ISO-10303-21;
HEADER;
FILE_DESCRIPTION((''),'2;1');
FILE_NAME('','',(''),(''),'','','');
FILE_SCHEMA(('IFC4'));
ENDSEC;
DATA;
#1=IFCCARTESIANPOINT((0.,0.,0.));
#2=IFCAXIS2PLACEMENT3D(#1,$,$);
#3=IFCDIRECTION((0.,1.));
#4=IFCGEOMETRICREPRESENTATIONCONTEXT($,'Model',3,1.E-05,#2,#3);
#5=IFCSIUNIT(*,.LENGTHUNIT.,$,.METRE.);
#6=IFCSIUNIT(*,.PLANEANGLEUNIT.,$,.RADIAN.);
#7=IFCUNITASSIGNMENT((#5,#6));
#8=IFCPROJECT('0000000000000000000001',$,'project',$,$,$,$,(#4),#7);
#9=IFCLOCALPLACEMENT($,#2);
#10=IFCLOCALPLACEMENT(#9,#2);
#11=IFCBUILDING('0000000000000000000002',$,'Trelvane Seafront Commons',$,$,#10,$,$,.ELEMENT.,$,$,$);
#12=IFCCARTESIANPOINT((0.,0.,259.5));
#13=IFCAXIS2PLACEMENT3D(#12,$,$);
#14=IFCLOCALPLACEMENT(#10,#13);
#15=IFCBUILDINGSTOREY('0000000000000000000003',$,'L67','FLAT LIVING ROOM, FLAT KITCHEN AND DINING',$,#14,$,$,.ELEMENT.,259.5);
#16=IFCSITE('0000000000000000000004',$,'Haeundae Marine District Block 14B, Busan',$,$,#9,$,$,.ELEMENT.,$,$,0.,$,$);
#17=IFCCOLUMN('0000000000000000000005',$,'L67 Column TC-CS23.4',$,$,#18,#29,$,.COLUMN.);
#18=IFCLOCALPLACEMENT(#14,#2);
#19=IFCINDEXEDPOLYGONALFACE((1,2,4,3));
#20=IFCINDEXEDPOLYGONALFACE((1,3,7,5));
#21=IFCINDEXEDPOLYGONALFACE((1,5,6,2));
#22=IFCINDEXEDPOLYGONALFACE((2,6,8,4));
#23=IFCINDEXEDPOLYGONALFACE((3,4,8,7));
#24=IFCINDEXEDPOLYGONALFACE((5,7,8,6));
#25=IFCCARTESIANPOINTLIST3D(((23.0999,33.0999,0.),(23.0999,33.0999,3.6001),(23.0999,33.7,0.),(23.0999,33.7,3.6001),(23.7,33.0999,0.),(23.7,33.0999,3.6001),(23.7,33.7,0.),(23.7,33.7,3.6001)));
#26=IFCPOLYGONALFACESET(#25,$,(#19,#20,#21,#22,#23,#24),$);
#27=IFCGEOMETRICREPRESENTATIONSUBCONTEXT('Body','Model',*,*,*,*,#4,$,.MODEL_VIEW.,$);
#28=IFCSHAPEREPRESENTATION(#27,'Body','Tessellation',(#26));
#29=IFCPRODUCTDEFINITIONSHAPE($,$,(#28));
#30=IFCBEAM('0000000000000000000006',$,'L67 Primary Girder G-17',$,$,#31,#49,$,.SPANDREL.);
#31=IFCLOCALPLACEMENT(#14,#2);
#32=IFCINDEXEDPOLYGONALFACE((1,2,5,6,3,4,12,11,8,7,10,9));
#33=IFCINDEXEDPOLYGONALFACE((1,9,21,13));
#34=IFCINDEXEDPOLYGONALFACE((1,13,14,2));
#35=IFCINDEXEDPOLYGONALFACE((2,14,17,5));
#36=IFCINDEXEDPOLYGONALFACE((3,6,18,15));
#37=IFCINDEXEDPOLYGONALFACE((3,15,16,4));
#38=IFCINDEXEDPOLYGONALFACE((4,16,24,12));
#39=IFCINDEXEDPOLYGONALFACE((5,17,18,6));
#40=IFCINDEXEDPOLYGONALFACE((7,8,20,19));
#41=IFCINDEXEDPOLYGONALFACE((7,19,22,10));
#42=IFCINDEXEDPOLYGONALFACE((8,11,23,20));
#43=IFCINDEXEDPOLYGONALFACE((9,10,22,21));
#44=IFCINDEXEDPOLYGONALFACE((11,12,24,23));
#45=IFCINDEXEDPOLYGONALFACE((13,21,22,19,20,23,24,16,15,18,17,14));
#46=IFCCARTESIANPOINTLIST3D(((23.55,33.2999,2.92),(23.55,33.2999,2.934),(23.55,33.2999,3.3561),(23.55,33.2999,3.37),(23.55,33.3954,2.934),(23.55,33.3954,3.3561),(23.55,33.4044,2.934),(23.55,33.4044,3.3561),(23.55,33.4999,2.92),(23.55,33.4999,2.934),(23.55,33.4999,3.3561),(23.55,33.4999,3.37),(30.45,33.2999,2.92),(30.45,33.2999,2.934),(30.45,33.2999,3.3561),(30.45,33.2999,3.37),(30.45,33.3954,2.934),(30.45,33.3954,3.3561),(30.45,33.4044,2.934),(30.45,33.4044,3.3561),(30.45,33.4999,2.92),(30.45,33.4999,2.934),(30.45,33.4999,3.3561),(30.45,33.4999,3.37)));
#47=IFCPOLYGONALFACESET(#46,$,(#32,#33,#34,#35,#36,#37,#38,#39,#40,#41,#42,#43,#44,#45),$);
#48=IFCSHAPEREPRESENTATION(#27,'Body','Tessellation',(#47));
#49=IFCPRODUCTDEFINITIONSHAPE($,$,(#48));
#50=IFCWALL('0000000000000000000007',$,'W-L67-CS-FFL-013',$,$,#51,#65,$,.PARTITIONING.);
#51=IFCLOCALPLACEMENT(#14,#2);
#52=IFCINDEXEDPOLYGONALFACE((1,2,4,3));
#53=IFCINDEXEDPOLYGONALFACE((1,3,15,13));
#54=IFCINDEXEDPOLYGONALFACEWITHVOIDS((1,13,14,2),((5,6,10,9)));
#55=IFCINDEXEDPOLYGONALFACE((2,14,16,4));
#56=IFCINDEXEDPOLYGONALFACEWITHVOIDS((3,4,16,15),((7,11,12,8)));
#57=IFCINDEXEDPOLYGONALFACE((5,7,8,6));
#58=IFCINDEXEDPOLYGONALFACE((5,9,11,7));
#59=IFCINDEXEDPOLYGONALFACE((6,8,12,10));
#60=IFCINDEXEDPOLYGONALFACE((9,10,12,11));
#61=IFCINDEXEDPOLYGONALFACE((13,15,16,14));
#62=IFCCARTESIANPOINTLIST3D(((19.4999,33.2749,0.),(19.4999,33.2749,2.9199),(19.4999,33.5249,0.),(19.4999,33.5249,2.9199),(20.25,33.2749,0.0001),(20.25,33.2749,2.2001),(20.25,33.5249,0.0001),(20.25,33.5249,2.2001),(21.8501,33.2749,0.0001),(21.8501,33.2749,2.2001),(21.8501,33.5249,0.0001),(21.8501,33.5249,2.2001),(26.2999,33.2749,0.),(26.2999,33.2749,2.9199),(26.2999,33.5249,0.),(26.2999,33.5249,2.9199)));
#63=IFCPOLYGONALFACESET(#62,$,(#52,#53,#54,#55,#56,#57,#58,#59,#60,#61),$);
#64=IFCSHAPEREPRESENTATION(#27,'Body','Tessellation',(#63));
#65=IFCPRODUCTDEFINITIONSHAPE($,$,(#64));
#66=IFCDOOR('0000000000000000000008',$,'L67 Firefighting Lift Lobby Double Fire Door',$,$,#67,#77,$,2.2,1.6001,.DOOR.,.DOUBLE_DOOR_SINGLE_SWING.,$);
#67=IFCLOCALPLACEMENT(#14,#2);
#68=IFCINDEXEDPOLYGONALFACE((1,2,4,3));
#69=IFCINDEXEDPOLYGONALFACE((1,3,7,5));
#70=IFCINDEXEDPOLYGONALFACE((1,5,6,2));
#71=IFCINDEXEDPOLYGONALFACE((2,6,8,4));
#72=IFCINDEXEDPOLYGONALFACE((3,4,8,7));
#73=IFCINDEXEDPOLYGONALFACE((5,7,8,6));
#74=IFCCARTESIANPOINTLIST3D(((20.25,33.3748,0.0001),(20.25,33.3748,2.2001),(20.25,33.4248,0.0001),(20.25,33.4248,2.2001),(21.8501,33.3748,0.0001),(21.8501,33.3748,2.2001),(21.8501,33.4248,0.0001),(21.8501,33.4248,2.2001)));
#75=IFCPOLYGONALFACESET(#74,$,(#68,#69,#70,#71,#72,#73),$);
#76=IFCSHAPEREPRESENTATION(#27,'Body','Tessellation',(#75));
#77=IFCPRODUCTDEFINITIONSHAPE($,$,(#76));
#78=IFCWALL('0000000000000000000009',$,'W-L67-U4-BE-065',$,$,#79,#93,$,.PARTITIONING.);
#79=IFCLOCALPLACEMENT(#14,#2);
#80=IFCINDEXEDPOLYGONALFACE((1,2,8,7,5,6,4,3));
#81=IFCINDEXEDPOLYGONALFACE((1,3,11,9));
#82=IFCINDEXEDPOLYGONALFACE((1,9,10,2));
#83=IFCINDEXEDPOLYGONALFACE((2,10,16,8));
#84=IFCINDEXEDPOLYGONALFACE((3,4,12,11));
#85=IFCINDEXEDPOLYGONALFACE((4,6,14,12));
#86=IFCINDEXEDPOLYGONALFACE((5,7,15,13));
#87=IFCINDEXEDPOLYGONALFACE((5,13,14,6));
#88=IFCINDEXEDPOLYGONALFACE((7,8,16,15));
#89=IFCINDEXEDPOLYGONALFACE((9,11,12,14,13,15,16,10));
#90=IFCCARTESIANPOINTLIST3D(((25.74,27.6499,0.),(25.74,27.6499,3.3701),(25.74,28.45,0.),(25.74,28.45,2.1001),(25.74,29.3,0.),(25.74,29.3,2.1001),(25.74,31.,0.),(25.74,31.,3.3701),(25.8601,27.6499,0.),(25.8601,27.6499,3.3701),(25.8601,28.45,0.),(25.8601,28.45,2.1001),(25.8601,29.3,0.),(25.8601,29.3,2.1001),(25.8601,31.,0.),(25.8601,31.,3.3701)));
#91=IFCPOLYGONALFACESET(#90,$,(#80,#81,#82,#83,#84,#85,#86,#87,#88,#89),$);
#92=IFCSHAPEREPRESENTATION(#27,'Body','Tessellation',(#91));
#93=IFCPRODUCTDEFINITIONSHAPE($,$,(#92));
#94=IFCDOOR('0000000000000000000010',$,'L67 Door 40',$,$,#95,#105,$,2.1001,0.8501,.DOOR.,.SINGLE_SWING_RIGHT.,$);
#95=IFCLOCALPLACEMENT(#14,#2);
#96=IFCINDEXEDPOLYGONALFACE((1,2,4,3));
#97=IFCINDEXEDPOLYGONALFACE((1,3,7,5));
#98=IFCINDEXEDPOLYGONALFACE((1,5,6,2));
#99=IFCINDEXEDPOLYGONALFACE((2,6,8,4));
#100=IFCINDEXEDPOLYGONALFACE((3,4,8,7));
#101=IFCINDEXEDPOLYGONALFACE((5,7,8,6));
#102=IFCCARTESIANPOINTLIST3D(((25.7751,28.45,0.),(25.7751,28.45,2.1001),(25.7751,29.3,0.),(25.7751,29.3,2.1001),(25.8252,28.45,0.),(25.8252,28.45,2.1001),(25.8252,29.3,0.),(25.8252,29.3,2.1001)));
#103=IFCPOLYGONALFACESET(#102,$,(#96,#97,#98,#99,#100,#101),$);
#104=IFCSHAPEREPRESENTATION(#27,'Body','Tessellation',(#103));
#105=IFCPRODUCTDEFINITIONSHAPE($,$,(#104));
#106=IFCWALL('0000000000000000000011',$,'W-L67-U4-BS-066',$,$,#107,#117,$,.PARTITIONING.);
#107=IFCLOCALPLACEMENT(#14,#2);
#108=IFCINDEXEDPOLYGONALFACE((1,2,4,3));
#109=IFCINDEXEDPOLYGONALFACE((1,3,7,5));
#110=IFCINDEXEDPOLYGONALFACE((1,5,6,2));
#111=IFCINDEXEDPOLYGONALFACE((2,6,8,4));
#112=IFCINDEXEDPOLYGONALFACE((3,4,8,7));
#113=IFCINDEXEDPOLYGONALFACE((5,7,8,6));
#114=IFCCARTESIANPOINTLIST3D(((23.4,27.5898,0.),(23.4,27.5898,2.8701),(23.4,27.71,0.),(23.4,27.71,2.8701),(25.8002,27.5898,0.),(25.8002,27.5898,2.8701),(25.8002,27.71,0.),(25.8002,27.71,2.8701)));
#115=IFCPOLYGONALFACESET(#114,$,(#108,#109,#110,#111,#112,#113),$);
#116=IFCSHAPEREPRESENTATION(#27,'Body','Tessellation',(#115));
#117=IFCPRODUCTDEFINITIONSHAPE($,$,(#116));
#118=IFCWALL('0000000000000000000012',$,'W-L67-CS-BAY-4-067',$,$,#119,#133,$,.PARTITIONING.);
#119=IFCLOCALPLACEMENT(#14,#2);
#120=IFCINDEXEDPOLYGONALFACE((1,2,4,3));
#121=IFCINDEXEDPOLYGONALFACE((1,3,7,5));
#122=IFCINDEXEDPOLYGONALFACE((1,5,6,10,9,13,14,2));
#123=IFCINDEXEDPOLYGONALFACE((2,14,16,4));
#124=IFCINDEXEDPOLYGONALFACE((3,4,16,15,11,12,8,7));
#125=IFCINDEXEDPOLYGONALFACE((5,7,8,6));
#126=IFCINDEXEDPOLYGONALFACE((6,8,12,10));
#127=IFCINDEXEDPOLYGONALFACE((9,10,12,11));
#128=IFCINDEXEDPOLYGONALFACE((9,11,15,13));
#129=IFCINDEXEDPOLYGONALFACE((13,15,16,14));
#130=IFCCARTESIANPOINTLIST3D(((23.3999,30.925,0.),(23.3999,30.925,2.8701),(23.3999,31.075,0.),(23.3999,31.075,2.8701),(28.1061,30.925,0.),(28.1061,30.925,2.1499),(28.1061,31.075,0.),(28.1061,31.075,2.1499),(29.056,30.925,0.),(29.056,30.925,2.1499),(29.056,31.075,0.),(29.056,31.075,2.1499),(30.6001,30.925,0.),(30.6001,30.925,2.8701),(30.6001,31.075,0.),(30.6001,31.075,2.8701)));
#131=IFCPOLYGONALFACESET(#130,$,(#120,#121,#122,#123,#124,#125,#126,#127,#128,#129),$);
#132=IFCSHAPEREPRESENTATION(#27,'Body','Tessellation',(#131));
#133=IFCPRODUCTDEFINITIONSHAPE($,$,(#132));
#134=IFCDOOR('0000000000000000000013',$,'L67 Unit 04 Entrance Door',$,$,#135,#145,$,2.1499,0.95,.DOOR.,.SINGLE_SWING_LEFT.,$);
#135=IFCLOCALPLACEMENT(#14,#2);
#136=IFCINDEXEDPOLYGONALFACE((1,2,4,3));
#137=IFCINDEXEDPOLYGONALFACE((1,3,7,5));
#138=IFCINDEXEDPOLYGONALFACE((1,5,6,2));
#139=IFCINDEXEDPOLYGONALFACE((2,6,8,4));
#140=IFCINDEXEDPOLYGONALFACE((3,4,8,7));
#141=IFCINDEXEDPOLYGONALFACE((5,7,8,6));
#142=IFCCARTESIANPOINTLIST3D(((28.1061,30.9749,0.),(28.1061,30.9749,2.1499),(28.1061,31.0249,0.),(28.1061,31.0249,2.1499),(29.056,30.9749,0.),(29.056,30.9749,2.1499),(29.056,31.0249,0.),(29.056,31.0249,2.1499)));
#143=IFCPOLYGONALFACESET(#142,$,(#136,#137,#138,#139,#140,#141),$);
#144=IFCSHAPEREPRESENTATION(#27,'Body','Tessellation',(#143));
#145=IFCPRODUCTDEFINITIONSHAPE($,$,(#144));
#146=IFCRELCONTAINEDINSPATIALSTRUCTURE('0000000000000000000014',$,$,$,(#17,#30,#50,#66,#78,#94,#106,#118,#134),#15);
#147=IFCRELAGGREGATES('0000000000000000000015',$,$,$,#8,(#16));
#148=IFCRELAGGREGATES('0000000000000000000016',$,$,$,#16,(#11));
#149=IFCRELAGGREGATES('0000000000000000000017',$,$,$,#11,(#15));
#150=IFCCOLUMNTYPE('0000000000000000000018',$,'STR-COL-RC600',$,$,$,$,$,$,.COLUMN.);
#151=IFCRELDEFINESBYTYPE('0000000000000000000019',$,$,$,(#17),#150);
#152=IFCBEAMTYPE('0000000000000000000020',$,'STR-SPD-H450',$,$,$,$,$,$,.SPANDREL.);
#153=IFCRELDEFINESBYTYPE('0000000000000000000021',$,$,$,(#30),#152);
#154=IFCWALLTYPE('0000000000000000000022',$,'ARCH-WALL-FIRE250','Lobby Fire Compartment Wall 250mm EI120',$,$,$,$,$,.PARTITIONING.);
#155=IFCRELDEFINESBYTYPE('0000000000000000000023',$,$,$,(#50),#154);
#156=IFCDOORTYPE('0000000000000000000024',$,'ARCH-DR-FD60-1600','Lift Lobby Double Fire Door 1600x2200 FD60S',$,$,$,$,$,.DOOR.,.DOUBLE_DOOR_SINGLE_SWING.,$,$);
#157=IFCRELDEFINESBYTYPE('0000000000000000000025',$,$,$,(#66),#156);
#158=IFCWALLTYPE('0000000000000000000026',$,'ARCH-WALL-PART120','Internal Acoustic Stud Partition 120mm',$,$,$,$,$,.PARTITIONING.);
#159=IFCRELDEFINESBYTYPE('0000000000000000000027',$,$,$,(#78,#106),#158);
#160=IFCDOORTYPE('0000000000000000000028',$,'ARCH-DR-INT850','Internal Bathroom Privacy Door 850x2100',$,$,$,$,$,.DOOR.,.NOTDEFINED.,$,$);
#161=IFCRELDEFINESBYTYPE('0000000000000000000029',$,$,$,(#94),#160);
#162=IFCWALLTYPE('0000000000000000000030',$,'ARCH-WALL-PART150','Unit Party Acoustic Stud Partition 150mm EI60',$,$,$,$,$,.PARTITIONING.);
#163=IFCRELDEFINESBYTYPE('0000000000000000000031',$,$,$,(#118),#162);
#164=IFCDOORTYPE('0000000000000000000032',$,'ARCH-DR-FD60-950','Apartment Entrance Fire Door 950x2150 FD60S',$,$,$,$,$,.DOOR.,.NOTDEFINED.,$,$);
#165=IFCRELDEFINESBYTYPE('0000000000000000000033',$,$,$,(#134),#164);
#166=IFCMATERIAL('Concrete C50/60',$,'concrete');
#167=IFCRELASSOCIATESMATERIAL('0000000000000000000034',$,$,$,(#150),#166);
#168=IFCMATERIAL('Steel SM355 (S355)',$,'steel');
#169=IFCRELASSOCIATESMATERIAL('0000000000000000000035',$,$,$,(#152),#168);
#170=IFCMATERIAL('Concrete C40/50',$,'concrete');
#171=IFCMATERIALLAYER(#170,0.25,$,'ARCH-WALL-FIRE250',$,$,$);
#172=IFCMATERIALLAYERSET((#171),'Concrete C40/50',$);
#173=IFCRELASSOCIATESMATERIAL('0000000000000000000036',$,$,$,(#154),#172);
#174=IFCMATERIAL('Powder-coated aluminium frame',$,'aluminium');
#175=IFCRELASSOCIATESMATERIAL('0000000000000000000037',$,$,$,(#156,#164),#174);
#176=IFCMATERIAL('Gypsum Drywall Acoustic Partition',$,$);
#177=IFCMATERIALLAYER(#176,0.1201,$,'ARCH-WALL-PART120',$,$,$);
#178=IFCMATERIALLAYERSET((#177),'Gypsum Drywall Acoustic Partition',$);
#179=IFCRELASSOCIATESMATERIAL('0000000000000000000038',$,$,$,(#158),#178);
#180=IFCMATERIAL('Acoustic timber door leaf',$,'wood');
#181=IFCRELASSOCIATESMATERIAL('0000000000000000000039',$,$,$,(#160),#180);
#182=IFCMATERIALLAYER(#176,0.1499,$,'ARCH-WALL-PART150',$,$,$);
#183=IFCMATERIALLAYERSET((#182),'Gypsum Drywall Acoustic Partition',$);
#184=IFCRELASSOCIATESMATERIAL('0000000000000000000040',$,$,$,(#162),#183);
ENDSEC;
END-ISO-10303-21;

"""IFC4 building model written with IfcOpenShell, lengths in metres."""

from ifc_helpers import new_model, si_unit, direction, frame, frame_2d, origin, origin_2d, place, context, subcontext, project, spatial, rectangle, i_section, extrude, source, transform, mapped, material, layer, layer_set, material_profile, profile_set, type_object, element, fill, save


model = new_model("IFC4")

# Units and contexts
model_context = context("Model", 3, precision=1e-05, world=origin(), true_north=direction((0.0, 1.0)))
body_context = subcontext(model_context, "Body", "Model", "MODEL_VIEW")
ifc_project = project(units=[si_unit("LENGTHUNIT", "METRE"), si_unit("PLANEANGLEUNIT", "RADIAN")], contexts=[model_context])

# Site, building, storey
site_placement = place(None, origin())
site = spatial("IfcSite", under=ifc_project, at=site_placement, Name="Haeundae Marine District Block 14B, Busan", CompositionType="ELEMENT", RefElevation=0.0)
building_placement = place(site_placement, origin())
building = spatial("IfcBuilding", under=site, at=building_placement, Name="Trelvane Seafront Commons", CompositionType="ELEMENT")
storey_placement = place(building_placement, frame((0.0, 0.0, 259.5)))
storey = spatial("IfcBuildingStorey", under=building, at=storey_placement, Name="L67", Description="FLAT LIVING ROOM, FLAT KITCHEN AND DINING", CompositionType="ELEMENT", Elevation=259.5)

# Column
ifc_material_1 = material(Name="Concrete C50/60", Category="concrete")
ifc_material_profile_1 = material_profile(ifc_material_1, rectangle(XDim=0.6001, YDim=0.6001, at=origin_2d()), Name="RC-600x600")
ifc_profile_set_1 = profile_set([ifc_material_profile_1], Name="Concrete C50/60")
column_type = type_object("IfcColumnType", Name="STR-COL-RC600", PredefinedType="COLUMN", material=ifc_profile_set_1)
shared_shape_1 = source(origin(), body_context, "Body", "SweptSolid", [
    extrude(rectangle(XDim=0.6001, YDim=0.6001, at=origin_2d()), origin(), (0.0, 0.0, 1.0), 3.6001),
])
column_placement = place(storey_placement, frame((23.3999, 33.3999, 0.0), z_axis=(0.0, 0.0, 1.0), x_axis=(1.0, 0.0, 0.0)))
element("IfcColumn", 1, at=column_placement, inside=storey, type_object=column_type, Name="L67 Column TC-CS23.4", PredefinedType="COLUMN", context=body_context, shape_type="MappedRepresentation", body=[
    mapped(shared_shape_1, transform((0.0, 0.0, 0.0), x_axis=(1.0, 0.0, 0.0), y_axis=(0.0, 1.0, 0.0), z_axis=(0.0, 0.0, 1.0), scale=1.0)),
])

# Beam
ifc_material_2 = material(Name="Steel SM355 (S355)", Category="steel")
ifc_material_profile_2 = material_profile(ifc_material_2, i_section(OverallWidth=0.2, OverallDepth=0.45, WebThickness=0.009, FlangeThickness=0.0139, at=origin_2d()), Name="H-450x200x9x14")
ifc_profile_set_2 = profile_set([ifc_material_profile_2], Name="Steel SM355 (S355)")
beam_type = type_object("IfcBeamType", Name="STR-SPD-H450", PredefinedType="SPANDREL", material=ifc_profile_set_2)
shared_shape_2 = source(origin(), body_context, "Body", "SweptSolid", [
    extrude(i_section(OverallWidth=0.2, OverallDepth=0.45, WebThickness=0.009, FlangeThickness=0.0139, at=origin_2d()), origin(), (0.0, 0.0, 1.0), 6.8999),
])
beam_placement = place(storey_placement, frame((23.55, 33.3999, 3.145), z_axis=(1.0, 0.0, 0.0), x_axis=(0.0, 1.0, 0.0)))
element("IfcBeam", 2, at=beam_placement, inside=storey, type_object=beam_type, Name="L67 Primary Girder G-17", PredefinedType="SPANDREL", context=body_context, shape_type="MappedRepresentation", body=[
    mapped(shared_shape_2, transform((0.0, 0.0, 0.0), x_axis=(1.0, 0.0, 0.0), y_axis=(0.0, 1.0, 0.0), z_axis=(0.0, 0.0, 1.0), scale=1.0)),
])

# Walls, openings, doors
ifc_material_3 = material(Name="Concrete C40/50", Category="concrete")
ifc_layer_1 = layer(ifc_material_3, 0.25, Name="ARCH-WALL-FIRE250")
ifc_layer_set_1 = layer_set([ifc_layer_1], Name="Concrete C40/50")
wall_type_1 = type_object("IfcWallType", Name="ARCH-WALL-FIRE250", Description="Lobby Fire Compartment Wall 250mm EI120", PredefinedType="PARTITIONING", material=ifc_layer_set_1)
wall_1_placement = place(storey_placement, frame((19.5, 33.3999, 0.0), z_axis=(0.0, 0.0, 1.0), x_axis=(1.0, 0.0, 0.0)))
wall_1 = element("IfcWall", 3, at=wall_1_placement, inside=storey, type_object=wall_type_1, Name="W-L67-CS-FFL-013", PredefinedType="PARTITIONING", context=body_context, shape_type="SweptSolid", body=[
    extrude(rectangle(XDim=6.8, YDim=0.25, at=frame_2d((3.3999, 0.0))), origin(), (0.0, 0.0, 1.0), 2.9199),
])
opening_1_placement = place(wall_1_placement, frame((0.75, 0.0, 0.0)))
opening_1 = element("IfcOpeningElement", 4, at=opening_1_placement, cuts=wall_1, PredefinedType="OPENING", context=body_context, shape_type="SweptSolid", body=[
    extrude(rectangle(XDim=1.6001, YDim=2.2, at=frame_2d((0.8, 1.1001))), frame((0.0, 0.135, 0.0), z_axis=(0.0, -1.0, 0.0), x_axis=(1.0, 0.0, 0.0)), (0.0, 0.0, 1.0), 0.27),
])
ifc_material_4 = material(Name="Powder-coated aluminium frame", Category="aluminium")
door_type_1 = type_object("IfcDoorType", Name="ARCH-DR-FD60-1600", Description="Lift Lobby Double Fire Door 1600x2200 FD60S", OperationType="DOUBLE_DOOR_SINGLE_SWING", PredefinedType="DOOR", material=ifc_material_4)
shared_shape_3 = source(origin(), body_context, "Body", "SweptSolid", [
    extrude(rectangle(XDim=1.6001, YDim=2.2, at=frame_2d((0.8, 1.1001))), frame((0.0, 0.0249, 0.0), z_axis=(0.0, -1.0, 0.0), x_axis=(1.0, 0.0, 0.0)), (0.0, 0.0, 1.0), 0.05),
])
door_1_placement = place(opening_1_placement, origin())
door_1 = element("IfcDoor", 5, at=door_1_placement, inside=storey, type_object=door_type_1, Name="L67 Firefighting Lift Lobby Double Fire Door", OperationType="DOUBLE_DOOR_SINGLE_SWING", OverallHeight=2.2, OverallWidth=1.6001, PredefinedType="DOOR", context=body_context, shape_type="MappedRepresentation", body=[
    mapped(shared_shape_3, transform((0.0, 0.0, 0.0), x_axis=(1.0, 0.0, 0.0), y_axis=(0.0, 1.0, 0.0), z_axis=(0.0, 0.0, 1.0), scale=1.0)),
])
fill(opening_1, door_1)
ifc_material_5 = material(Name="Acoustic timber door leaf", Category="wood")
shared_shape_4 = source(origin(), body_context, "Body", "SweptSolid", [
    extrude(rectangle(XDim=0.95, YDim=2.1499, at=frame_2d((0.4751, 1.075))), frame((0.0, 0.0249, 0.0), z_axis=(0.0, -1.0, 0.0), x_axis=(1.0, 0.0, 0.0)), (0.0, 0.0, 1.0), 0.05),
])
ifc_material_6 = material(Name="Gypsum Drywall Acoustic Partition")
ifc_layer_2 = layer(ifc_material_6, 0.1201, Name="ARCH-WALL-PART120")
ifc_layer_set_2 = layer_set([ifc_layer_2], Name="Gypsum Drywall Acoustic Partition")
wall_type_2 = type_object("IfcWallType", Name="ARCH-WALL-PART120", Description="Internal Acoustic Stud Partition 120mm", PredefinedType="PARTITIONING", material=ifc_layer_set_2)
wall_2_placement = place(storey_placement, frame((25.8, 27.6499, 0.0), z_axis=(0.0, 0.0, 1.0), x_axis=(0.0, 1.0, 0.0)))
wall_2 = element("IfcWall", 6, at=wall_2_placement, inside=storey, type_object=wall_type_2, Name="W-L67-U4-BE-065", PredefinedType="PARTITIONING", context=body_context, shape_type="SweptSolid", body=[
    extrude(rectangle(XDim=3.3501, YDim=0.1201, at=frame_2d((1.675, 0.0))), origin(), (0.0, 0.0, 1.0), 3.3701),
])
opening_2_placement = place(wall_2_placement, frame((0.8, 0.0, 0.0)))
opening_2 = element("IfcOpeningElement", 7, at=opening_2_placement, cuts=wall_2, PredefinedType="OPENING", context=body_context, shape_type="SweptSolid", body=[
    extrude(rectangle(XDim=0.8501, YDim=2.1001, at=frame_2d((0.425, 1.05))), frame((0.0, 0.0701, 0.0), z_axis=(0.0, -1.0, 0.0), x_axis=(1.0, 0.0, 0.0)), (0.0, 0.0, 1.0), 0.1401),
])
door_type_2 = type_object("IfcDoorType", Name="ARCH-DR-INT850", Description="Internal Bathroom Privacy Door 850x2100", OperationType="NOTDEFINED", PredefinedType="DOOR", material=ifc_material_5)
shared_shape_5 = source(origin(), body_context, "Body", "SweptSolid", [
    extrude(rectangle(XDim=0.8501, YDim=2.1001, at=frame_2d((0.425, 1.05))), frame((0.0, 0.0249, 0.0), z_axis=(0.0, -1.0, 0.0), x_axis=(1.0, 0.0, 0.0)), (0.0, 0.0, 1.0), 0.05),
])
door_2_placement = place(opening_2_placement, origin())
door_2 = element("IfcDoor", 8, at=door_2_placement, inside=storey, type_object=door_type_2, Name="L67 Door 40", OperationType="SINGLE_SWING_RIGHT", OverallHeight=2.1001, OverallWidth=0.8501, PredefinedType="DOOR", context=body_context, shape_type="MappedRepresentation", body=[
    mapped(shared_shape_5, transform((0.0, 0.0, 0.0), x_axis=(1.0, 0.0, 0.0), y_axis=(0.0, 1.0, 0.0), z_axis=(0.0, 0.0, 1.0), scale=1.0)),
])
fill(opening_2, door_2)

# Wall
wall_3_placement = place(storey_placement, frame((23.3999, 27.6499, 0.0), z_axis=(0.0, 0.0, 1.0), x_axis=(1.0, 0.0, 0.0)))
element("IfcWall", 9, at=wall_3_placement, inside=storey, type_object=wall_type_2, Name="W-L67-U4-BS-066", PredefinedType="PARTITIONING", context=body_context, shape_type="SweptSolid", body=[
    extrude(rectangle(XDim=2.4001, YDim=0.1201, at=frame_2d((1.2002, 0.0))), origin(), (0.0, 0.0, 1.0), 2.8701),
])

# Wall, opening, door
ifc_layer_3 = layer(ifc_material_6, 0.1499, Name="ARCH-WALL-PART150")
ifc_layer_set_3 = layer_set([ifc_layer_3], Name="Gypsum Drywall Acoustic Partition")
wall_type_3 = type_object("IfcWallType", Name="ARCH-WALL-PART150", Description="Unit Party Acoustic Stud Partition 150mm EI60", PredefinedType="PARTITIONING", material=ifc_layer_set_3)
door_type_3 = type_object("IfcDoorType", Name="ARCH-DR-FD60-950", Description="Apartment Entrance Fire Door 950x2150 FD60S", OperationType="NOTDEFINED", PredefinedType="DOOR", material=ifc_material_4)
wall_4_placement = place(storey_placement, frame((23.3999, 31.0, 0.0), z_axis=(0.0, 0.0, 1.0), x_axis=(1.0, 0.0, 0.0)))
wall_4 = element("IfcWall", 10, at=wall_4_placement, inside=storey, type_object=wall_type_3, Name="W-L67-CS-BAY-4-067", PredefinedType="PARTITIONING", context=body_context, shape_type="SweptSolid", body=[
    extrude(rectangle(XDim=7.2002, YDim=0.1499, at=frame_2d((3.6001, 0.0))), origin(), (0.0, 0.0, 1.0), 2.8701),
])
opening_3_placement = place(wall_4_placement, frame((4.7061, 0.0, 0.0)))
opening_3 = element("IfcOpeningElement", 11, at=opening_3_placement, cuts=wall_4, PredefinedType="OPENING", context=body_context, shape_type="SweptSolid", body=[
    extrude(rectangle(XDim=0.95, YDim=2.1499, at=frame_2d((0.4751, 1.075))), frame((0.0, 0.085, 0.0), z_axis=(0.0, -1.0, 0.0), x_axis=(1.0, 0.0, 0.0)), (0.0, 0.0, 1.0), 0.1699),
])
door_3_placement = place(opening_3_placement, origin())
door_3 = element("IfcDoor", 12, at=door_3_placement, inside=storey, type_object=door_type_3, Name="L67 Unit 04 Entrance Door", OperationType="SINGLE_SWING_LEFT", OverallHeight=2.1499, OverallWidth=0.95, PredefinedType="DOOR", context=body_context, shape_type="MappedRepresentation", body=[
    mapped(shared_shape_4, transform((0.0, 0.0, 0.0), x_axis=(1.0, 0.0, 0.0), y_axis=(0.0, 1.0, 0.0), z_axis=(0.0, 0.0, 1.0), scale=1.0)),
])
fill(opening_3, door_3)

save(model, "model.ifc")
